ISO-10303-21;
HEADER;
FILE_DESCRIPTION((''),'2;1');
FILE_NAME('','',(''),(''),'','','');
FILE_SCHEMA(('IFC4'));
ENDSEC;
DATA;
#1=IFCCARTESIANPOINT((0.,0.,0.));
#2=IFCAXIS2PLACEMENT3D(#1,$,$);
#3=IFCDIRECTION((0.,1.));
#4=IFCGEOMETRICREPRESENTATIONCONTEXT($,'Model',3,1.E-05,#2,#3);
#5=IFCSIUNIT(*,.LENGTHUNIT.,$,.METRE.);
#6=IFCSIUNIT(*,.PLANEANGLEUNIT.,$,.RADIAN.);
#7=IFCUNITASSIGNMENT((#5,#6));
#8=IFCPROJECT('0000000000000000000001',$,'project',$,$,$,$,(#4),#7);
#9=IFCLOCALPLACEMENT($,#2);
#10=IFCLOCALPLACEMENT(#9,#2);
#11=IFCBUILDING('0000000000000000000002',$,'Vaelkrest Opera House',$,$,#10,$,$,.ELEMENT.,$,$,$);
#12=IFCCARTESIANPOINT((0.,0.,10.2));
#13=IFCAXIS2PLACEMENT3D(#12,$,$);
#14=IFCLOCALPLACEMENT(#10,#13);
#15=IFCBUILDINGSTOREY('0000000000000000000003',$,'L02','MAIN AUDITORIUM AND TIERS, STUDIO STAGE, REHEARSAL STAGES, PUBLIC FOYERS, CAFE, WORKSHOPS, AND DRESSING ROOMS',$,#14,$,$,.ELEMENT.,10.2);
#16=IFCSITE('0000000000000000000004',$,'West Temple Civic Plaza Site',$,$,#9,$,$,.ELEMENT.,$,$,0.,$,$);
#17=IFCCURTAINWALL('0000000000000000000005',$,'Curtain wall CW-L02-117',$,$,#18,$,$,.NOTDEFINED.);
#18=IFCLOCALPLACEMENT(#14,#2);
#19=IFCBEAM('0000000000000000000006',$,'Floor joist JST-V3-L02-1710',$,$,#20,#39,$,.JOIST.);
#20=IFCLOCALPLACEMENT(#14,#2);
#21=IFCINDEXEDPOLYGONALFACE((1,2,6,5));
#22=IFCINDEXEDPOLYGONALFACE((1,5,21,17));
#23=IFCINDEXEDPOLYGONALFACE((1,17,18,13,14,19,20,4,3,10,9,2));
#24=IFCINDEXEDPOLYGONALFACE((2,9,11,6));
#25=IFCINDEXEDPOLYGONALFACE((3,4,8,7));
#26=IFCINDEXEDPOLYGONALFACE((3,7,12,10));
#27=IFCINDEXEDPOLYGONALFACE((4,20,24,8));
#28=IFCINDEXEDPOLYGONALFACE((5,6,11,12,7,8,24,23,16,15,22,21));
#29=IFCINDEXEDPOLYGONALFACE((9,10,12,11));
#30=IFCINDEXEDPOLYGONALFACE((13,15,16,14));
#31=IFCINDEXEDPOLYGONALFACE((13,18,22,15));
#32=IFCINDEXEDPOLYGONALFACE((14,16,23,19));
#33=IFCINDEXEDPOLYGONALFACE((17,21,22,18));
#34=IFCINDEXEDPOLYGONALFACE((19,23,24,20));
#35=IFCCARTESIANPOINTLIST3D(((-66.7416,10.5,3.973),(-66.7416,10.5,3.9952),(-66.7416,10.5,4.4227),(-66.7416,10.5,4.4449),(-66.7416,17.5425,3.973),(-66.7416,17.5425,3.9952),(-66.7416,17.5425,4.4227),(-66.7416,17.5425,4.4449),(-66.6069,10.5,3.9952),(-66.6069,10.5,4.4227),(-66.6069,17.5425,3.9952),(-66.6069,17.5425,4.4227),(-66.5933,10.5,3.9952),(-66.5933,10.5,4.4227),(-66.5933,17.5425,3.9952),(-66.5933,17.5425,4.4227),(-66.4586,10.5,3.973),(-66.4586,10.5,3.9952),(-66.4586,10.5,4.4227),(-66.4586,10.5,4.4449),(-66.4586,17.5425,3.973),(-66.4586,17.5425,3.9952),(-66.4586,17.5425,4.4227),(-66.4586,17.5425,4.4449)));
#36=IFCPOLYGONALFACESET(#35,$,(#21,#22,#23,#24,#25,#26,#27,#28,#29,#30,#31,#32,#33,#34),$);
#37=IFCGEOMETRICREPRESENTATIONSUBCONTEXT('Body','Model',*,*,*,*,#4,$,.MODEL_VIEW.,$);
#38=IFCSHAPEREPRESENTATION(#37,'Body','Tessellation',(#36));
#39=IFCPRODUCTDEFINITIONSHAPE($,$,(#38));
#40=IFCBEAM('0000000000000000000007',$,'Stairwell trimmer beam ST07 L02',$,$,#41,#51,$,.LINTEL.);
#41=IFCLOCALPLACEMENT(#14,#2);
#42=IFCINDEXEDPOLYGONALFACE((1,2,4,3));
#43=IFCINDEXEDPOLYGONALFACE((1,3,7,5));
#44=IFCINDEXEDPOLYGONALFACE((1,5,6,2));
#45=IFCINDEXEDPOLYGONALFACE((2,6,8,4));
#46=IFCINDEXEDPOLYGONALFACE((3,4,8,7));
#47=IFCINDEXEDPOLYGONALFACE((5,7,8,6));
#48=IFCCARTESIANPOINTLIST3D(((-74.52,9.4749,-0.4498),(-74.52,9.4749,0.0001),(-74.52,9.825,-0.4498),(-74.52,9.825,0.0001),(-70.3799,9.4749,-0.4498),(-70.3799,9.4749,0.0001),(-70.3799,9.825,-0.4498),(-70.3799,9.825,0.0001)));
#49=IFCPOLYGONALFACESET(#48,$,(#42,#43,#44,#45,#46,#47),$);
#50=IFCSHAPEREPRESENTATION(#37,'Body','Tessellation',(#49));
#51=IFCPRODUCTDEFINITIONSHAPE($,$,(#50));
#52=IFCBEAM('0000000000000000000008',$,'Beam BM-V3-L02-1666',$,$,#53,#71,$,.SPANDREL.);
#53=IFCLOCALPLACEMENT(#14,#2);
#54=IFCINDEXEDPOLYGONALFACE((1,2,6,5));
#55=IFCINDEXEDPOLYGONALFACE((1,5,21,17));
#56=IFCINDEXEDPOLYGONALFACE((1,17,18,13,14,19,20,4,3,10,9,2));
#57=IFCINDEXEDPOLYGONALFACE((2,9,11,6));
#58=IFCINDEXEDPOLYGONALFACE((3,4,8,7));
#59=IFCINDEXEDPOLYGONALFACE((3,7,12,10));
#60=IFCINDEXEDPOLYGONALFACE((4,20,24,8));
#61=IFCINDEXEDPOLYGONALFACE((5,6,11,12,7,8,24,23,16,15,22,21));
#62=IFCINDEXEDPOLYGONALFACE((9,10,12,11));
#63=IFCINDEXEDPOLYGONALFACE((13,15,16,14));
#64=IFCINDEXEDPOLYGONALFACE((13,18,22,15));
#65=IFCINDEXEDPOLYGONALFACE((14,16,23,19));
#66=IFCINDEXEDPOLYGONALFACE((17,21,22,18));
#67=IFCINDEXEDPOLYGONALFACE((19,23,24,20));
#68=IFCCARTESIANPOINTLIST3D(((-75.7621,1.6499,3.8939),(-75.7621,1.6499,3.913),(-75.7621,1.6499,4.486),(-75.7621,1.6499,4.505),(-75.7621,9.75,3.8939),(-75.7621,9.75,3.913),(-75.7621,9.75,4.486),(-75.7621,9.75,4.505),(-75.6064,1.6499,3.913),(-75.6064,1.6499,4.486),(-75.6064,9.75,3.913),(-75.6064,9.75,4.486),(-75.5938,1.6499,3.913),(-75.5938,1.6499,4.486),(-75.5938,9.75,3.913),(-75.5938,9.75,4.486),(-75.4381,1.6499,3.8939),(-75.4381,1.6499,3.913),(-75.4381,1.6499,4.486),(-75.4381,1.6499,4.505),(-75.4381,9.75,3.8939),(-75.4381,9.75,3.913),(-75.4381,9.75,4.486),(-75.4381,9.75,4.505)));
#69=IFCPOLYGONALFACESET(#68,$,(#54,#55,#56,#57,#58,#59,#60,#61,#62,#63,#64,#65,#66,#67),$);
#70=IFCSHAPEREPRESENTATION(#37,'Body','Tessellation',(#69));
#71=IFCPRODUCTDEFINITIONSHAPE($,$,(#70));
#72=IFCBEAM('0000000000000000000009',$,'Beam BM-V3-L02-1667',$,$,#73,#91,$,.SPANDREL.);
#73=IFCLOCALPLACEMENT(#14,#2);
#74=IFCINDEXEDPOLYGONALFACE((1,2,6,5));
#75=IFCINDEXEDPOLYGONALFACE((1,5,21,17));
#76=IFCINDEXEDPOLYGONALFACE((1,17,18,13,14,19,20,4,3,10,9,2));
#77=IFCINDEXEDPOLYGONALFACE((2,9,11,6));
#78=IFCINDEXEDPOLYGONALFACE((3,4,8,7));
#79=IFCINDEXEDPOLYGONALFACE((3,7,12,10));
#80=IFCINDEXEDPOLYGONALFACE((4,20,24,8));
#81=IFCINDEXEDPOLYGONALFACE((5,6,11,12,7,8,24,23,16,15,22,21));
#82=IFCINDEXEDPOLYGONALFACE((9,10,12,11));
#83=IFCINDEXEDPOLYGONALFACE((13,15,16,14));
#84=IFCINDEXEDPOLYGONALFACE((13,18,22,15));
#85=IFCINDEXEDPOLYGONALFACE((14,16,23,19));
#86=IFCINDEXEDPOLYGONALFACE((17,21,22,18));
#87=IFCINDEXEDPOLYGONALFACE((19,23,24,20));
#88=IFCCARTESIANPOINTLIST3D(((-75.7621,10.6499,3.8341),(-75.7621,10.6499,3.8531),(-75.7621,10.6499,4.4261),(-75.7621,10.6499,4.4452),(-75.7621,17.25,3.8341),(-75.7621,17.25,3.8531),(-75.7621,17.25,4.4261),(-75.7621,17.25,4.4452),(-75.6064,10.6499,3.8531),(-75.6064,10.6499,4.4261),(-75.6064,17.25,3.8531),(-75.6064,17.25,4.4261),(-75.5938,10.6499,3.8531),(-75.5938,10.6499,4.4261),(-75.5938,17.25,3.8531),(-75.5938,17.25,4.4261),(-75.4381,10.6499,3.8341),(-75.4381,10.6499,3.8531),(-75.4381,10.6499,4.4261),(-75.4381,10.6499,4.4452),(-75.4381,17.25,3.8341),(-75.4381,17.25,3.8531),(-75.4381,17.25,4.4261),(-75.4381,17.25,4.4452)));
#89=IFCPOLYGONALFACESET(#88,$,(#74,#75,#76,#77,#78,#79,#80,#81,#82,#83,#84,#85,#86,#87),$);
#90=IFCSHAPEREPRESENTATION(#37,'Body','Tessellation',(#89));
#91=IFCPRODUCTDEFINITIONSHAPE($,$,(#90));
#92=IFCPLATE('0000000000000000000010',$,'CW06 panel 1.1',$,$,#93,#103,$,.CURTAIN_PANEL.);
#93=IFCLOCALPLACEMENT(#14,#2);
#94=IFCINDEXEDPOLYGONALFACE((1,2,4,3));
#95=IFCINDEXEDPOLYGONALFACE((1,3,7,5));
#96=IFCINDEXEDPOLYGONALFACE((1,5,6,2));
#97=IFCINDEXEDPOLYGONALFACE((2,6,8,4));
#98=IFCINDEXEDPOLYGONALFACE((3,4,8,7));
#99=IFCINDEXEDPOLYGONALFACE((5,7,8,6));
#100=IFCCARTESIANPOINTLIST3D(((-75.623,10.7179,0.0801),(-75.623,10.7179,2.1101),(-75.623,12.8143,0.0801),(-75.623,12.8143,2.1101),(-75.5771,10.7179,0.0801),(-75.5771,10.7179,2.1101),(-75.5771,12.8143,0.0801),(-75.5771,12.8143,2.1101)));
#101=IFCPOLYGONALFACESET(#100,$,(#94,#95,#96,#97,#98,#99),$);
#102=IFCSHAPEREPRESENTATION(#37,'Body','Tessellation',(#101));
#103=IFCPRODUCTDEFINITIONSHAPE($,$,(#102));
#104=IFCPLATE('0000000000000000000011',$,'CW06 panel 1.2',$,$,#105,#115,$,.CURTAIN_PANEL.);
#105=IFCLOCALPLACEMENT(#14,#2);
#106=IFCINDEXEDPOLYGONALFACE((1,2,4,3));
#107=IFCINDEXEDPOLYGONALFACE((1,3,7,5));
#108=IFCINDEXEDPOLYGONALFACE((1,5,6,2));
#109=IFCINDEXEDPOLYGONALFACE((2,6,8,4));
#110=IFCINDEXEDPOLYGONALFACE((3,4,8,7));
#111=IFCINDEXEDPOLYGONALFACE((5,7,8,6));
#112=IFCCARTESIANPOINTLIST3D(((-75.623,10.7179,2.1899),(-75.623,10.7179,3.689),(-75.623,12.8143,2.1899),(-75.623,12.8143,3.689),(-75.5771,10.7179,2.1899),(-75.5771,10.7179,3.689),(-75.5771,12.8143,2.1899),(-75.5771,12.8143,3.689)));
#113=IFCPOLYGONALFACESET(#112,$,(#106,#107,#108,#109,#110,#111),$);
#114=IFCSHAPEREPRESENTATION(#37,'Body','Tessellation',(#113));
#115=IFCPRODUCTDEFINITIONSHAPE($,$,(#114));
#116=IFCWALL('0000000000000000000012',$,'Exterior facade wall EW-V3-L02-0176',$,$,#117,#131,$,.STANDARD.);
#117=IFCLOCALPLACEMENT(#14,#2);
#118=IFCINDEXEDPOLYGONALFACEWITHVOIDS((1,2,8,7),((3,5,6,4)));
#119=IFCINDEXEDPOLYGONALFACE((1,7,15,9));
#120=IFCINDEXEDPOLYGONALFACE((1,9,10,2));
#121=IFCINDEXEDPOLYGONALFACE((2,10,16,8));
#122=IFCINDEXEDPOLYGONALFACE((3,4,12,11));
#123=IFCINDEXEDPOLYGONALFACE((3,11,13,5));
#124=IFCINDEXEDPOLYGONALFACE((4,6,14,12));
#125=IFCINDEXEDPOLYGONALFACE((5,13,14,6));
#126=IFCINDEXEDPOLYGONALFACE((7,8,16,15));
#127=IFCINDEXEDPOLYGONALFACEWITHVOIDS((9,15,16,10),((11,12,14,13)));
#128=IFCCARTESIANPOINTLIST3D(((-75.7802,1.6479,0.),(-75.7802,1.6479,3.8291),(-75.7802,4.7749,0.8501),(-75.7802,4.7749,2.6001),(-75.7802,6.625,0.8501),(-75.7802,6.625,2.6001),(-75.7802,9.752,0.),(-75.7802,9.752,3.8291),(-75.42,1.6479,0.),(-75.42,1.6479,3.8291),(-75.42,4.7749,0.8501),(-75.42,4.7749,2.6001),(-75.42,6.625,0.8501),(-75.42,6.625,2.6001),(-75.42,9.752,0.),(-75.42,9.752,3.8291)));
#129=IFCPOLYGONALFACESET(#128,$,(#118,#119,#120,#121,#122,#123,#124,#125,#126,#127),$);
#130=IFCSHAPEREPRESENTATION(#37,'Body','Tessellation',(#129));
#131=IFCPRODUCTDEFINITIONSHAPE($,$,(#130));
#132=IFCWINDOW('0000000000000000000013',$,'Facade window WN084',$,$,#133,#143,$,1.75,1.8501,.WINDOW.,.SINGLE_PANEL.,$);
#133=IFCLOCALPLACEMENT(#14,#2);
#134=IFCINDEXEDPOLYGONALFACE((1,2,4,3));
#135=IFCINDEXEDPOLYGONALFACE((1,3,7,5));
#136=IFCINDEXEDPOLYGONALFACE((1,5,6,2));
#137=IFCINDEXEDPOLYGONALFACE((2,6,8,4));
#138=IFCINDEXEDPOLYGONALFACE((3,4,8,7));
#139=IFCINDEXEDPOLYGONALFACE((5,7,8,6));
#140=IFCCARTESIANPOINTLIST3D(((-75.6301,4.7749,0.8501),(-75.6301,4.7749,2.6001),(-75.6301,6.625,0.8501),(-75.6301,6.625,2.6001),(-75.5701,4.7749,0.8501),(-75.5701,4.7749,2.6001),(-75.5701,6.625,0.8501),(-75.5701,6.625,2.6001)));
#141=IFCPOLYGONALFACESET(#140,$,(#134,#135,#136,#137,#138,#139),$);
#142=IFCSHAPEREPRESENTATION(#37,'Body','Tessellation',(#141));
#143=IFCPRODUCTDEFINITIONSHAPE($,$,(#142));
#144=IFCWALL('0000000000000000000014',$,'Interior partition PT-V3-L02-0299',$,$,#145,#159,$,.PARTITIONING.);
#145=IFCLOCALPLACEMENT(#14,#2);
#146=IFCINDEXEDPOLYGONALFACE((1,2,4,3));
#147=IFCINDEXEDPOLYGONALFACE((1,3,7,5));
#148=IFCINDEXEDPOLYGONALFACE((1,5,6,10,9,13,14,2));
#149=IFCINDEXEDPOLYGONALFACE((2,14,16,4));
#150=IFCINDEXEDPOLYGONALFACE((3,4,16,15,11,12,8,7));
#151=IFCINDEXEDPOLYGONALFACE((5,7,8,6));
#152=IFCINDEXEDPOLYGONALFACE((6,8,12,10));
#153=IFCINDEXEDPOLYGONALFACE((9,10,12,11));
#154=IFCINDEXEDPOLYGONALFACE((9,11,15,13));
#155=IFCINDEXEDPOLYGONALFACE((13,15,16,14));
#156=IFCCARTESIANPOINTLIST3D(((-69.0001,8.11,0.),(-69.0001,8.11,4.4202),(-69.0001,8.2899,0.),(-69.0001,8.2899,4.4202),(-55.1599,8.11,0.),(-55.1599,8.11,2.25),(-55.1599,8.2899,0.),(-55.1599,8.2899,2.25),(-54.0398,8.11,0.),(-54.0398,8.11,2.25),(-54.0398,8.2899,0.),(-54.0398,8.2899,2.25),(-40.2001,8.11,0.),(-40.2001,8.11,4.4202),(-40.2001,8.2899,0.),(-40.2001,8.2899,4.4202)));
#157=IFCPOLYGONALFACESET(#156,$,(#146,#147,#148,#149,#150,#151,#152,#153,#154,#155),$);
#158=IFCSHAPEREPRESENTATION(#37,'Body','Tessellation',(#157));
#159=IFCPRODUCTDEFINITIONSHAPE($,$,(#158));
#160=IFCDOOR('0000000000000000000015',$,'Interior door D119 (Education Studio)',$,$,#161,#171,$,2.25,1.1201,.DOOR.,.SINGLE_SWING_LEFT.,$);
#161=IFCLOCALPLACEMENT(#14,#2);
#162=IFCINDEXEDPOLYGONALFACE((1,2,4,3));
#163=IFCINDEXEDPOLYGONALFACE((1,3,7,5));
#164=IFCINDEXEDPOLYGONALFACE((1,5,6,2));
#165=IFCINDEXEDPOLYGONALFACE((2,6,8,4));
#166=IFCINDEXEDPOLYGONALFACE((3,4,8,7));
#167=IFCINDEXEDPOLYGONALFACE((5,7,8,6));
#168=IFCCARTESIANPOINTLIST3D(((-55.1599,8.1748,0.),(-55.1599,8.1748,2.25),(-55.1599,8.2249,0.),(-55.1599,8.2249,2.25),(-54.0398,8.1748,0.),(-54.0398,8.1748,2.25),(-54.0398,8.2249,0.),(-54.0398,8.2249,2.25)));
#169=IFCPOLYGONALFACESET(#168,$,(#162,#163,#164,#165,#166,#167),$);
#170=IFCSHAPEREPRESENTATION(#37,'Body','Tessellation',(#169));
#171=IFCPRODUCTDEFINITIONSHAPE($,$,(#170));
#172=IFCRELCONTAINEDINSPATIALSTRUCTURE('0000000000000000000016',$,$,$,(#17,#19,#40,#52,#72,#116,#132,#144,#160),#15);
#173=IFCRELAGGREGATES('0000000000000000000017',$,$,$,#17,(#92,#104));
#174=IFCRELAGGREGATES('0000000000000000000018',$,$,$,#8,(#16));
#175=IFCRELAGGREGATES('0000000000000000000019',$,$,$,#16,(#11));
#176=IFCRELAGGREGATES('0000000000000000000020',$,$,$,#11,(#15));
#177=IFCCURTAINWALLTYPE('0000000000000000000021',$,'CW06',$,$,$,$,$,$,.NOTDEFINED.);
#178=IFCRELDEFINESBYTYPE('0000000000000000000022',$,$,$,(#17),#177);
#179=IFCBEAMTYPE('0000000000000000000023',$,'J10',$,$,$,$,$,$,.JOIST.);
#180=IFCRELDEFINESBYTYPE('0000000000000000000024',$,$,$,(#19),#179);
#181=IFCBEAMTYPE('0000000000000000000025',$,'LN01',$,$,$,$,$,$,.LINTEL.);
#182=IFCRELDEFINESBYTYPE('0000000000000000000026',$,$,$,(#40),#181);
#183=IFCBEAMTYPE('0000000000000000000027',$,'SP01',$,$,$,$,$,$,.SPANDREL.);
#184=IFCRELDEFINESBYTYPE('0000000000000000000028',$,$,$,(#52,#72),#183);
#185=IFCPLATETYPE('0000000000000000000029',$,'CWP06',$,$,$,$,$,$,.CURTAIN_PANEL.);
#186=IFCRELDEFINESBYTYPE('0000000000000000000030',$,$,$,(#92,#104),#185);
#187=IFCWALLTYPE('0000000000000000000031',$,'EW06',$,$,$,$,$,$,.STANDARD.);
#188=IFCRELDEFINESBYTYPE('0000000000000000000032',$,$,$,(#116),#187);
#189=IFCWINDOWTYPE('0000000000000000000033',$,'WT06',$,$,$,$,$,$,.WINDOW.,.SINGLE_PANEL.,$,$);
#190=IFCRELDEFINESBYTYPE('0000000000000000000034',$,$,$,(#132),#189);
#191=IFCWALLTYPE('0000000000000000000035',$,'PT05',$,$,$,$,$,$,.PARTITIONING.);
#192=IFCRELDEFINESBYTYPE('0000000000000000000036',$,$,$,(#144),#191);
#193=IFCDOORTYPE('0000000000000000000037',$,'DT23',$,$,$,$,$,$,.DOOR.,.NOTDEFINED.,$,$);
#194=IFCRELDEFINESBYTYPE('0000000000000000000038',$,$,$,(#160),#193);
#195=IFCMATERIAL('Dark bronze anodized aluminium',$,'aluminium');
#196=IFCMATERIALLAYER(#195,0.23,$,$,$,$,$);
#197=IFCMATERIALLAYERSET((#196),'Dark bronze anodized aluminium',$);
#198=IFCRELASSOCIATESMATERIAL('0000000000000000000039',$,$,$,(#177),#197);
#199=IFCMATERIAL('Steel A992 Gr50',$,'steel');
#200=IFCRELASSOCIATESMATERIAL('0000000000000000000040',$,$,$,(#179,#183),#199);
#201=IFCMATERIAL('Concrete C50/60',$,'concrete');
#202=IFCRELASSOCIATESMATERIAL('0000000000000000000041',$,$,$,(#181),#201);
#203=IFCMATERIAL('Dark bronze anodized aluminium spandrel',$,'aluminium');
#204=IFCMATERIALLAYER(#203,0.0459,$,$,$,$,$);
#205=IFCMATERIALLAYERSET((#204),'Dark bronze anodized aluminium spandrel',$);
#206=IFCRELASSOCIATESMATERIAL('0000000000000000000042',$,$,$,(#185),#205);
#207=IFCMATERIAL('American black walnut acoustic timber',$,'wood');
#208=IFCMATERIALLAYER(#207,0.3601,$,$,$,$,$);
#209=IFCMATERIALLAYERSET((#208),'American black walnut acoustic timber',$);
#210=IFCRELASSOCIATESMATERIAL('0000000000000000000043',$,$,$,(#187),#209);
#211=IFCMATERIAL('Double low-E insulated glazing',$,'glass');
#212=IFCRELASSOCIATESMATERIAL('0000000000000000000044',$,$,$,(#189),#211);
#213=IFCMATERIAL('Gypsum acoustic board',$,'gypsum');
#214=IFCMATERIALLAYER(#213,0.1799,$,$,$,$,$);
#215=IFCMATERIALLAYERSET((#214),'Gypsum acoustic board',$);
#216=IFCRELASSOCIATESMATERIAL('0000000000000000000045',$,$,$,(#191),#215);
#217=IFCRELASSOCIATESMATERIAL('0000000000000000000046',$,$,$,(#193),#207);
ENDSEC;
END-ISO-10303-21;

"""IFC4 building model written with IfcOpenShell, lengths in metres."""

from ifc_helpers import new_model, si_unit, direction, frame, frame_2d, origin, origin_2d, place, context, subcontext, project, spatial, rectangle, i_section, extrude, material, layer, layer_set, material_profile, profile_set, type_object, element, fill, aggregate, save


model = new_model("IFC4")

# Units and contexts
model_context = context("Model", 3, precision=1e-05, world=origin(), true_north=direction((0.0, 1.0)))
body_context = subcontext(model_context, "Body", "Model", "MODEL_VIEW")
ifc_project = project(units=[si_unit("LENGTHUNIT", "METRE"), si_unit("PLANEANGLEUNIT", "RADIAN")], contexts=[model_context])

# Site, building, storey
site_placement = place(None, origin())
site = spatial("IfcSite", under=ifc_project, at=site_placement, Name="West Temple Civic Plaza Site", CompositionType="ELEMENT", RefElevation=0.0)
building_placement = place(site_placement, origin())
building = spatial("IfcBuilding", under=site, at=building_placement, Name="Vaelkrest Opera House", CompositionType="ELEMENT")
storey_placement = place(building_placement, frame((0.0, 0.0, 10.2)))
storey = spatial("IfcBuildingStorey", under=building, at=storey_placement, Name="L02", Description="MAIN AUDITORIUM AND TIERS, STUDIO STAGE, REHEARSAL STAGES, PUBLIC FOYERS, CAFE, WORKSHOPS, AND DRESSING ROOMS", CompositionType="ELEMENT", Elevation=10.2)

# Shared definitions
ifc_material_1 = material(Name="Concrete C50/60", Category="concrete")

# Shared definitions
ifc_material_2 = material(Name="Steel A992 Gr50", Category="steel")

# Curtain wall
ifc_material_3 = material(Name="Dark bronze anodized aluminium", Category="aluminium")
ifc_layer_1 = layer(ifc_material_3, 0.23)
ifc_layer_set_1 = layer_set([ifc_layer_1], Name="Dark bronze anodized aluminium")
curtain_wall_type = type_object("IfcCurtainWallType", Name="CW06", PredefinedType="NOTDEFINED", material=ifc_layer_set_1)
curtain_wall_placement = place(storey_placement, origin())
curtain_wall = element("IfcCurtainWall", 1, at=curtain_wall_placement, inside=storey, type_object=curtain_wall_type, Name="Curtain wall CW-L02-117", PredefinedType="NOTDEFINED")

# Beams
ifc_material_profile_1 = material_profile(ifc_material_2, i_section(OverallWidth=0.283, OverallDepth=0.4719, WebThickness=0.0137, FlangeThickness=0.0222, at=origin_2d()), Name="W18X97")
ifc_profile_set_1 = profile_set([ifc_material_profile_1], Name="Steel A992 Gr50")
beam_type_1 = type_object("IfcBeamType", Name="J10", PredefinedType="JOIST", material=ifc_profile_set_1)
beam_1_placement = place(storey_placement, frame((-66.6001, 10.5, 4.209), z_axis=(0.0, 1.0, 0.0), x_axis=(-1.0, 0.0, 0.0)))
element("IfcBeam", 2, at=beam_1_placement, inside=storey, type_object=beam_type_1, Name="Floor joist JST-V3-L02-1710", PredefinedType="JOIST", context=body_context, shape_type="SweptSolid", body=[
    extrude(i_section(OverallWidth=0.283, OverallDepth=0.4719, WebThickness=0.0137, FlangeThickness=0.0222, at=origin_2d()), origin(), (0.0, 0.0, 1.0), 7.0425),
])
ifc_material_profile_2 = material_profile(ifc_material_1, rectangle(XDim=0.3501, YDim=0.45, at=origin_2d()), Name="RCB350X450")
ifc_profile_set_2 = profile_set([ifc_material_profile_2], Name="Concrete C50/60")
beam_type_2 = type_object("IfcBeamType", Name="LN01", PredefinedType="LINTEL", material=ifc_profile_set_2)
beam_2_placement = place(storey_placement, frame((-74.52, 9.6499, -0.2249), z_axis=(1.0, 0.0, 0.0), x_axis=(0.0, 1.0, 0.0)))
element("IfcBeam", 3, at=beam_2_placement, inside=storey, type_object=beam_type_2, Name="Stairwell trimmer beam ST07 L02", PredefinedType="LINTEL", context=body_context, shape_type="SweptSolid", body=[
    extrude(rectangle(XDim=0.3501, YDim=0.45, at=origin_2d()), origin(), (0.0, 0.0, 1.0), 4.1401),
])
ifc_material_profile_3 = material_profile(ifc_material_2, i_section(OverallWidth=0.324, OverallDepth=0.6111, WebThickness=0.0127, FlangeThickness=0.019, at=origin_2d()), Name="W24X104")
ifc_profile_set_3 = profile_set([ifc_material_profile_3], Name="Steel A992 Gr50")
beam_type_3 = type_object("IfcBeamType", Name="SP01", PredefinedType="SPANDREL", material=ifc_profile_set_3)
beam_3_placement = place(storey_placement, frame((-75.6001, 1.6499, 4.1995), z_axis=(0.0, 1.0, 0.0), x_axis=(-1.0, 0.0, 0.0)))
element("IfcBeam", 4, at=beam_3_placement, inside=storey, type_object=beam_type_3, Name="Beam BM-V3-L02-1666", PredefinedType="SPANDREL", context=body_context, shape_type="SweptSolid", body=[
    extrude(i_section(OverallWidth=0.324, OverallDepth=0.6111, WebThickness=0.0127, FlangeThickness=0.019, at=origin_2d()), origin(), (0.0, 0.0, 1.0), 8.1001),
])
beam_4_placement = place(storey_placement, frame((-75.6001, 10.6499, 4.1396), z_axis=(0.0, 1.0, 0.0), x_axis=(-1.0, 0.0, 0.0)))
element("IfcBeam", 5, at=beam_4_placement, inside=storey, type_object=beam_type_3, Name="Beam BM-V3-L02-1667", PredefinedType="SPANDREL", context=body_context, shape_type="SweptSolid", body=[
    extrude(i_section(OverallWidth=0.324, OverallDepth=0.6111, WebThickness=0.0127, FlangeThickness=0.019, at=origin_2d()), origin(), (0.0, 0.0, 1.0), 6.6001),
])

# Plates
ifc_material_4 = material(Name="Dark bronze anodized aluminium spandrel", Category="aluminium")
ifc_layer_2 = layer(ifc_material_4, 0.0459)
ifc_layer_set_2 = layer_set([ifc_layer_2], Name="Dark bronze anodized aluminium spandrel")
plate_type = type_object("IfcPlateType", Name="CWP06", PredefinedType="CURTAIN_PANEL", material=ifc_layer_set_2)
plate_1_placement = place(storey_placement, frame((-75.6001, 11.7661, 0.0801), z_axis=(0.0, 0.0, 1.0), x_axis=(0.0, 1.0, 0.0)))
plate_1 = element("IfcPlate", 6, at=plate_1_placement, type_object=plate_type, Name="CW06 panel 1.1", PredefinedType="CURTAIN_PANEL", context=body_context, shape_type="SweptSolid", body=[
    extrude(rectangle(XDim=2.0964, YDim=0.0459, at=origin_2d()), origin(), (0.0, 0.0, 1.0), 2.03),
])
plate_2_placement = place(storey_placement, frame((-75.6001, 11.7661, 2.1899), z_axis=(0.0, 0.0, 1.0), x_axis=(0.0, 1.0, 0.0)))
plate_2 = element("IfcPlate", 7, at=plate_2_placement, type_object=plate_type, Name="CW06 panel 1.2", PredefinedType="CURTAIN_PANEL", context=body_context, shape_type="SweptSolid", body=[
    extrude(rectangle(XDim=2.0964, YDim=0.0459, at=origin_2d()), origin(), (0.0, 0.0, 1.0), 1.499),
])
aggregate(curtain_wall, [plate_1, plate_2])

# Wall, opening, window
ifc_material_5 = material(Name="American black walnut acoustic timber", Category="wood")
ifc_layer_3 = layer(ifc_material_5, 0.3601)
ifc_layer_set_3 = layer_set([ifc_layer_3], Name="American black walnut acoustic timber")
wall_type_1 = type_object("IfcWallType", Name="EW06", PredefinedType="STANDARD", material=ifc_layer_set_3)
wall_1_placement = place(storey_placement, frame((-75.6001, 1.6479, 0.0), z_axis=(0.0, 0.0, 1.0), x_axis=(0.0, 1.0, 0.0)))
wall_1 = element("IfcWall", 8, at=wall_1_placement, inside=storey, type_object=wall_type_1, Name="Exterior facade wall EW-V3-L02-0176", PredefinedType="STANDARD", context=body_context, shape_type="SweptSolid", body=[
    extrude(rectangle(XDim=8.104, YDim=0.3601, at=frame_2d((4.052, 0.0))), origin(), (0.0, 0.0, 1.0), 3.8291),
])
opening_1_placement = place(wall_1_placement, frame((3.127, 0.0, 0.8501)))
opening_1 = element("IfcOpeningElement", 9, at=opening_1_placement, cuts=wall_1, PredefinedType="OPENING", context=body_context, shape_type="SweptSolid", body=[
    extrude(rectangle(XDim=1.8501, YDim=1.75, at=frame_2d((0.925, 0.875))), frame((0.0, 0.1899, 0.0), z_axis=(0.0, -1.0, 0.0), x_axis=(1.0, 0.0, 0.0)), (0.0, 0.0, 1.0), 0.3801),
])
ifc_material_6 = material(Name="Double low-E insulated glazing", Category="glass")
window_type = type_object("IfcWindowType", Name="WT06", PartitioningType="SINGLE_PANEL", PredefinedType="WINDOW", material=ifc_material_6)
window_placement = place(opening_1_placement, origin())
window = element("IfcWindow", 10, at=window_placement, inside=storey, type_object=window_type, Name="Facade window WN084", OverallHeight=1.75, OverallWidth=1.8501, PartitioningType="SINGLE_PANEL", PredefinedType="WINDOW", context=body_context, shape_type="SweptSolid", body=[
    extrude(rectangle(XDim=1.8501, YDim=1.75, at=frame_2d((0.925, 0.875))), frame((0.0, 0.03, 0.0), z_axis=(0.0, -1.0, 0.0), x_axis=(1.0, 0.0, 0.0)), (0.0, 0.0, 1.0), 0.0601),
])
fill(opening_1, window)

# Wall, opening, door
ifc_material_7 = material(Name="Gypsum acoustic board", Category="gypsum")
ifc_layer_4 = layer(ifc_material_7, 0.1799)
ifc_layer_set_4 = layer_set([ifc_layer_4], Name="Gypsum acoustic board")
wall_type_2 = type_object("IfcWallType", Name="PT05", PredefinedType="PARTITIONING", material=ifc_layer_set_4)
wall_2_placement = place(storey_placement, frame((-69.0, 8.2, 0.0), z_axis=(0.0, 0.0, 1.0), x_axis=(1.0, 0.0, 0.0)))
wall_2 = element("IfcWall", 11, at=wall_2_placement, inside=storey, type_object=wall_type_2, Name="Interior partition PT-V3-L02-0299", PredefinedType="PARTITIONING", context=body_context, shape_type="SweptSolid", body=[
    extrude(rectangle(XDim=28.8, YDim=0.1799, at=frame_2d((14.3999, 0.0))), origin(), (0.0, 0.0, 1.0), 4.4202),
])
opening_2_placement = place(wall_2_placement, frame((13.8401, 0.0, 0.0)))
opening_2 = element("IfcOpeningElement", 12, at=opening_2_placement, cuts=wall_2, PredefinedType="OPENING", context=body_context, shape_type="SweptSolid", body=[
    extrude(rectangle(XDim=1.1201, YDim=2.25, at=frame_2d((0.5601, 1.125))), frame((0.0, 0.0999, 0.0), z_axis=(0.0, -1.0, 0.0), x_axis=(1.0, 0.0, 0.0)), (0.0, 0.0, 1.0), 0.2),
])
door_type_1 = type_object("IfcDoorType", Name="DT23", OperationType="NOTDEFINED", PredefinedType="DOOR", material=ifc_material_5)
door_1_placement = place(opening_2_placement, origin())
door_1 = element("IfcDoor", 13, at=door_1_placement, inside=storey, type_object=door_type_1, Name="Interior door D119 (Education Studio)", OperationType="SINGLE_SWING_LEFT", OverallHeight=2.25, OverallWidth=1.1201, PredefinedType="DOOR", context=body_context, shape_type="SweptSolid", body=[
    extrude(rectangle(XDim=1.1201, YDim=2.25, at=frame_2d((0.5601, 1.125))), frame((0.0, 0.0249, 0.0), z_axis=(0.0, -1.0, 0.0), x_axis=(1.0, 0.0, 0.0)), (0.0, 0.0, 1.0), 0.05),
])
fill(opening_2, door_1)

save(model, "model.ifc")
